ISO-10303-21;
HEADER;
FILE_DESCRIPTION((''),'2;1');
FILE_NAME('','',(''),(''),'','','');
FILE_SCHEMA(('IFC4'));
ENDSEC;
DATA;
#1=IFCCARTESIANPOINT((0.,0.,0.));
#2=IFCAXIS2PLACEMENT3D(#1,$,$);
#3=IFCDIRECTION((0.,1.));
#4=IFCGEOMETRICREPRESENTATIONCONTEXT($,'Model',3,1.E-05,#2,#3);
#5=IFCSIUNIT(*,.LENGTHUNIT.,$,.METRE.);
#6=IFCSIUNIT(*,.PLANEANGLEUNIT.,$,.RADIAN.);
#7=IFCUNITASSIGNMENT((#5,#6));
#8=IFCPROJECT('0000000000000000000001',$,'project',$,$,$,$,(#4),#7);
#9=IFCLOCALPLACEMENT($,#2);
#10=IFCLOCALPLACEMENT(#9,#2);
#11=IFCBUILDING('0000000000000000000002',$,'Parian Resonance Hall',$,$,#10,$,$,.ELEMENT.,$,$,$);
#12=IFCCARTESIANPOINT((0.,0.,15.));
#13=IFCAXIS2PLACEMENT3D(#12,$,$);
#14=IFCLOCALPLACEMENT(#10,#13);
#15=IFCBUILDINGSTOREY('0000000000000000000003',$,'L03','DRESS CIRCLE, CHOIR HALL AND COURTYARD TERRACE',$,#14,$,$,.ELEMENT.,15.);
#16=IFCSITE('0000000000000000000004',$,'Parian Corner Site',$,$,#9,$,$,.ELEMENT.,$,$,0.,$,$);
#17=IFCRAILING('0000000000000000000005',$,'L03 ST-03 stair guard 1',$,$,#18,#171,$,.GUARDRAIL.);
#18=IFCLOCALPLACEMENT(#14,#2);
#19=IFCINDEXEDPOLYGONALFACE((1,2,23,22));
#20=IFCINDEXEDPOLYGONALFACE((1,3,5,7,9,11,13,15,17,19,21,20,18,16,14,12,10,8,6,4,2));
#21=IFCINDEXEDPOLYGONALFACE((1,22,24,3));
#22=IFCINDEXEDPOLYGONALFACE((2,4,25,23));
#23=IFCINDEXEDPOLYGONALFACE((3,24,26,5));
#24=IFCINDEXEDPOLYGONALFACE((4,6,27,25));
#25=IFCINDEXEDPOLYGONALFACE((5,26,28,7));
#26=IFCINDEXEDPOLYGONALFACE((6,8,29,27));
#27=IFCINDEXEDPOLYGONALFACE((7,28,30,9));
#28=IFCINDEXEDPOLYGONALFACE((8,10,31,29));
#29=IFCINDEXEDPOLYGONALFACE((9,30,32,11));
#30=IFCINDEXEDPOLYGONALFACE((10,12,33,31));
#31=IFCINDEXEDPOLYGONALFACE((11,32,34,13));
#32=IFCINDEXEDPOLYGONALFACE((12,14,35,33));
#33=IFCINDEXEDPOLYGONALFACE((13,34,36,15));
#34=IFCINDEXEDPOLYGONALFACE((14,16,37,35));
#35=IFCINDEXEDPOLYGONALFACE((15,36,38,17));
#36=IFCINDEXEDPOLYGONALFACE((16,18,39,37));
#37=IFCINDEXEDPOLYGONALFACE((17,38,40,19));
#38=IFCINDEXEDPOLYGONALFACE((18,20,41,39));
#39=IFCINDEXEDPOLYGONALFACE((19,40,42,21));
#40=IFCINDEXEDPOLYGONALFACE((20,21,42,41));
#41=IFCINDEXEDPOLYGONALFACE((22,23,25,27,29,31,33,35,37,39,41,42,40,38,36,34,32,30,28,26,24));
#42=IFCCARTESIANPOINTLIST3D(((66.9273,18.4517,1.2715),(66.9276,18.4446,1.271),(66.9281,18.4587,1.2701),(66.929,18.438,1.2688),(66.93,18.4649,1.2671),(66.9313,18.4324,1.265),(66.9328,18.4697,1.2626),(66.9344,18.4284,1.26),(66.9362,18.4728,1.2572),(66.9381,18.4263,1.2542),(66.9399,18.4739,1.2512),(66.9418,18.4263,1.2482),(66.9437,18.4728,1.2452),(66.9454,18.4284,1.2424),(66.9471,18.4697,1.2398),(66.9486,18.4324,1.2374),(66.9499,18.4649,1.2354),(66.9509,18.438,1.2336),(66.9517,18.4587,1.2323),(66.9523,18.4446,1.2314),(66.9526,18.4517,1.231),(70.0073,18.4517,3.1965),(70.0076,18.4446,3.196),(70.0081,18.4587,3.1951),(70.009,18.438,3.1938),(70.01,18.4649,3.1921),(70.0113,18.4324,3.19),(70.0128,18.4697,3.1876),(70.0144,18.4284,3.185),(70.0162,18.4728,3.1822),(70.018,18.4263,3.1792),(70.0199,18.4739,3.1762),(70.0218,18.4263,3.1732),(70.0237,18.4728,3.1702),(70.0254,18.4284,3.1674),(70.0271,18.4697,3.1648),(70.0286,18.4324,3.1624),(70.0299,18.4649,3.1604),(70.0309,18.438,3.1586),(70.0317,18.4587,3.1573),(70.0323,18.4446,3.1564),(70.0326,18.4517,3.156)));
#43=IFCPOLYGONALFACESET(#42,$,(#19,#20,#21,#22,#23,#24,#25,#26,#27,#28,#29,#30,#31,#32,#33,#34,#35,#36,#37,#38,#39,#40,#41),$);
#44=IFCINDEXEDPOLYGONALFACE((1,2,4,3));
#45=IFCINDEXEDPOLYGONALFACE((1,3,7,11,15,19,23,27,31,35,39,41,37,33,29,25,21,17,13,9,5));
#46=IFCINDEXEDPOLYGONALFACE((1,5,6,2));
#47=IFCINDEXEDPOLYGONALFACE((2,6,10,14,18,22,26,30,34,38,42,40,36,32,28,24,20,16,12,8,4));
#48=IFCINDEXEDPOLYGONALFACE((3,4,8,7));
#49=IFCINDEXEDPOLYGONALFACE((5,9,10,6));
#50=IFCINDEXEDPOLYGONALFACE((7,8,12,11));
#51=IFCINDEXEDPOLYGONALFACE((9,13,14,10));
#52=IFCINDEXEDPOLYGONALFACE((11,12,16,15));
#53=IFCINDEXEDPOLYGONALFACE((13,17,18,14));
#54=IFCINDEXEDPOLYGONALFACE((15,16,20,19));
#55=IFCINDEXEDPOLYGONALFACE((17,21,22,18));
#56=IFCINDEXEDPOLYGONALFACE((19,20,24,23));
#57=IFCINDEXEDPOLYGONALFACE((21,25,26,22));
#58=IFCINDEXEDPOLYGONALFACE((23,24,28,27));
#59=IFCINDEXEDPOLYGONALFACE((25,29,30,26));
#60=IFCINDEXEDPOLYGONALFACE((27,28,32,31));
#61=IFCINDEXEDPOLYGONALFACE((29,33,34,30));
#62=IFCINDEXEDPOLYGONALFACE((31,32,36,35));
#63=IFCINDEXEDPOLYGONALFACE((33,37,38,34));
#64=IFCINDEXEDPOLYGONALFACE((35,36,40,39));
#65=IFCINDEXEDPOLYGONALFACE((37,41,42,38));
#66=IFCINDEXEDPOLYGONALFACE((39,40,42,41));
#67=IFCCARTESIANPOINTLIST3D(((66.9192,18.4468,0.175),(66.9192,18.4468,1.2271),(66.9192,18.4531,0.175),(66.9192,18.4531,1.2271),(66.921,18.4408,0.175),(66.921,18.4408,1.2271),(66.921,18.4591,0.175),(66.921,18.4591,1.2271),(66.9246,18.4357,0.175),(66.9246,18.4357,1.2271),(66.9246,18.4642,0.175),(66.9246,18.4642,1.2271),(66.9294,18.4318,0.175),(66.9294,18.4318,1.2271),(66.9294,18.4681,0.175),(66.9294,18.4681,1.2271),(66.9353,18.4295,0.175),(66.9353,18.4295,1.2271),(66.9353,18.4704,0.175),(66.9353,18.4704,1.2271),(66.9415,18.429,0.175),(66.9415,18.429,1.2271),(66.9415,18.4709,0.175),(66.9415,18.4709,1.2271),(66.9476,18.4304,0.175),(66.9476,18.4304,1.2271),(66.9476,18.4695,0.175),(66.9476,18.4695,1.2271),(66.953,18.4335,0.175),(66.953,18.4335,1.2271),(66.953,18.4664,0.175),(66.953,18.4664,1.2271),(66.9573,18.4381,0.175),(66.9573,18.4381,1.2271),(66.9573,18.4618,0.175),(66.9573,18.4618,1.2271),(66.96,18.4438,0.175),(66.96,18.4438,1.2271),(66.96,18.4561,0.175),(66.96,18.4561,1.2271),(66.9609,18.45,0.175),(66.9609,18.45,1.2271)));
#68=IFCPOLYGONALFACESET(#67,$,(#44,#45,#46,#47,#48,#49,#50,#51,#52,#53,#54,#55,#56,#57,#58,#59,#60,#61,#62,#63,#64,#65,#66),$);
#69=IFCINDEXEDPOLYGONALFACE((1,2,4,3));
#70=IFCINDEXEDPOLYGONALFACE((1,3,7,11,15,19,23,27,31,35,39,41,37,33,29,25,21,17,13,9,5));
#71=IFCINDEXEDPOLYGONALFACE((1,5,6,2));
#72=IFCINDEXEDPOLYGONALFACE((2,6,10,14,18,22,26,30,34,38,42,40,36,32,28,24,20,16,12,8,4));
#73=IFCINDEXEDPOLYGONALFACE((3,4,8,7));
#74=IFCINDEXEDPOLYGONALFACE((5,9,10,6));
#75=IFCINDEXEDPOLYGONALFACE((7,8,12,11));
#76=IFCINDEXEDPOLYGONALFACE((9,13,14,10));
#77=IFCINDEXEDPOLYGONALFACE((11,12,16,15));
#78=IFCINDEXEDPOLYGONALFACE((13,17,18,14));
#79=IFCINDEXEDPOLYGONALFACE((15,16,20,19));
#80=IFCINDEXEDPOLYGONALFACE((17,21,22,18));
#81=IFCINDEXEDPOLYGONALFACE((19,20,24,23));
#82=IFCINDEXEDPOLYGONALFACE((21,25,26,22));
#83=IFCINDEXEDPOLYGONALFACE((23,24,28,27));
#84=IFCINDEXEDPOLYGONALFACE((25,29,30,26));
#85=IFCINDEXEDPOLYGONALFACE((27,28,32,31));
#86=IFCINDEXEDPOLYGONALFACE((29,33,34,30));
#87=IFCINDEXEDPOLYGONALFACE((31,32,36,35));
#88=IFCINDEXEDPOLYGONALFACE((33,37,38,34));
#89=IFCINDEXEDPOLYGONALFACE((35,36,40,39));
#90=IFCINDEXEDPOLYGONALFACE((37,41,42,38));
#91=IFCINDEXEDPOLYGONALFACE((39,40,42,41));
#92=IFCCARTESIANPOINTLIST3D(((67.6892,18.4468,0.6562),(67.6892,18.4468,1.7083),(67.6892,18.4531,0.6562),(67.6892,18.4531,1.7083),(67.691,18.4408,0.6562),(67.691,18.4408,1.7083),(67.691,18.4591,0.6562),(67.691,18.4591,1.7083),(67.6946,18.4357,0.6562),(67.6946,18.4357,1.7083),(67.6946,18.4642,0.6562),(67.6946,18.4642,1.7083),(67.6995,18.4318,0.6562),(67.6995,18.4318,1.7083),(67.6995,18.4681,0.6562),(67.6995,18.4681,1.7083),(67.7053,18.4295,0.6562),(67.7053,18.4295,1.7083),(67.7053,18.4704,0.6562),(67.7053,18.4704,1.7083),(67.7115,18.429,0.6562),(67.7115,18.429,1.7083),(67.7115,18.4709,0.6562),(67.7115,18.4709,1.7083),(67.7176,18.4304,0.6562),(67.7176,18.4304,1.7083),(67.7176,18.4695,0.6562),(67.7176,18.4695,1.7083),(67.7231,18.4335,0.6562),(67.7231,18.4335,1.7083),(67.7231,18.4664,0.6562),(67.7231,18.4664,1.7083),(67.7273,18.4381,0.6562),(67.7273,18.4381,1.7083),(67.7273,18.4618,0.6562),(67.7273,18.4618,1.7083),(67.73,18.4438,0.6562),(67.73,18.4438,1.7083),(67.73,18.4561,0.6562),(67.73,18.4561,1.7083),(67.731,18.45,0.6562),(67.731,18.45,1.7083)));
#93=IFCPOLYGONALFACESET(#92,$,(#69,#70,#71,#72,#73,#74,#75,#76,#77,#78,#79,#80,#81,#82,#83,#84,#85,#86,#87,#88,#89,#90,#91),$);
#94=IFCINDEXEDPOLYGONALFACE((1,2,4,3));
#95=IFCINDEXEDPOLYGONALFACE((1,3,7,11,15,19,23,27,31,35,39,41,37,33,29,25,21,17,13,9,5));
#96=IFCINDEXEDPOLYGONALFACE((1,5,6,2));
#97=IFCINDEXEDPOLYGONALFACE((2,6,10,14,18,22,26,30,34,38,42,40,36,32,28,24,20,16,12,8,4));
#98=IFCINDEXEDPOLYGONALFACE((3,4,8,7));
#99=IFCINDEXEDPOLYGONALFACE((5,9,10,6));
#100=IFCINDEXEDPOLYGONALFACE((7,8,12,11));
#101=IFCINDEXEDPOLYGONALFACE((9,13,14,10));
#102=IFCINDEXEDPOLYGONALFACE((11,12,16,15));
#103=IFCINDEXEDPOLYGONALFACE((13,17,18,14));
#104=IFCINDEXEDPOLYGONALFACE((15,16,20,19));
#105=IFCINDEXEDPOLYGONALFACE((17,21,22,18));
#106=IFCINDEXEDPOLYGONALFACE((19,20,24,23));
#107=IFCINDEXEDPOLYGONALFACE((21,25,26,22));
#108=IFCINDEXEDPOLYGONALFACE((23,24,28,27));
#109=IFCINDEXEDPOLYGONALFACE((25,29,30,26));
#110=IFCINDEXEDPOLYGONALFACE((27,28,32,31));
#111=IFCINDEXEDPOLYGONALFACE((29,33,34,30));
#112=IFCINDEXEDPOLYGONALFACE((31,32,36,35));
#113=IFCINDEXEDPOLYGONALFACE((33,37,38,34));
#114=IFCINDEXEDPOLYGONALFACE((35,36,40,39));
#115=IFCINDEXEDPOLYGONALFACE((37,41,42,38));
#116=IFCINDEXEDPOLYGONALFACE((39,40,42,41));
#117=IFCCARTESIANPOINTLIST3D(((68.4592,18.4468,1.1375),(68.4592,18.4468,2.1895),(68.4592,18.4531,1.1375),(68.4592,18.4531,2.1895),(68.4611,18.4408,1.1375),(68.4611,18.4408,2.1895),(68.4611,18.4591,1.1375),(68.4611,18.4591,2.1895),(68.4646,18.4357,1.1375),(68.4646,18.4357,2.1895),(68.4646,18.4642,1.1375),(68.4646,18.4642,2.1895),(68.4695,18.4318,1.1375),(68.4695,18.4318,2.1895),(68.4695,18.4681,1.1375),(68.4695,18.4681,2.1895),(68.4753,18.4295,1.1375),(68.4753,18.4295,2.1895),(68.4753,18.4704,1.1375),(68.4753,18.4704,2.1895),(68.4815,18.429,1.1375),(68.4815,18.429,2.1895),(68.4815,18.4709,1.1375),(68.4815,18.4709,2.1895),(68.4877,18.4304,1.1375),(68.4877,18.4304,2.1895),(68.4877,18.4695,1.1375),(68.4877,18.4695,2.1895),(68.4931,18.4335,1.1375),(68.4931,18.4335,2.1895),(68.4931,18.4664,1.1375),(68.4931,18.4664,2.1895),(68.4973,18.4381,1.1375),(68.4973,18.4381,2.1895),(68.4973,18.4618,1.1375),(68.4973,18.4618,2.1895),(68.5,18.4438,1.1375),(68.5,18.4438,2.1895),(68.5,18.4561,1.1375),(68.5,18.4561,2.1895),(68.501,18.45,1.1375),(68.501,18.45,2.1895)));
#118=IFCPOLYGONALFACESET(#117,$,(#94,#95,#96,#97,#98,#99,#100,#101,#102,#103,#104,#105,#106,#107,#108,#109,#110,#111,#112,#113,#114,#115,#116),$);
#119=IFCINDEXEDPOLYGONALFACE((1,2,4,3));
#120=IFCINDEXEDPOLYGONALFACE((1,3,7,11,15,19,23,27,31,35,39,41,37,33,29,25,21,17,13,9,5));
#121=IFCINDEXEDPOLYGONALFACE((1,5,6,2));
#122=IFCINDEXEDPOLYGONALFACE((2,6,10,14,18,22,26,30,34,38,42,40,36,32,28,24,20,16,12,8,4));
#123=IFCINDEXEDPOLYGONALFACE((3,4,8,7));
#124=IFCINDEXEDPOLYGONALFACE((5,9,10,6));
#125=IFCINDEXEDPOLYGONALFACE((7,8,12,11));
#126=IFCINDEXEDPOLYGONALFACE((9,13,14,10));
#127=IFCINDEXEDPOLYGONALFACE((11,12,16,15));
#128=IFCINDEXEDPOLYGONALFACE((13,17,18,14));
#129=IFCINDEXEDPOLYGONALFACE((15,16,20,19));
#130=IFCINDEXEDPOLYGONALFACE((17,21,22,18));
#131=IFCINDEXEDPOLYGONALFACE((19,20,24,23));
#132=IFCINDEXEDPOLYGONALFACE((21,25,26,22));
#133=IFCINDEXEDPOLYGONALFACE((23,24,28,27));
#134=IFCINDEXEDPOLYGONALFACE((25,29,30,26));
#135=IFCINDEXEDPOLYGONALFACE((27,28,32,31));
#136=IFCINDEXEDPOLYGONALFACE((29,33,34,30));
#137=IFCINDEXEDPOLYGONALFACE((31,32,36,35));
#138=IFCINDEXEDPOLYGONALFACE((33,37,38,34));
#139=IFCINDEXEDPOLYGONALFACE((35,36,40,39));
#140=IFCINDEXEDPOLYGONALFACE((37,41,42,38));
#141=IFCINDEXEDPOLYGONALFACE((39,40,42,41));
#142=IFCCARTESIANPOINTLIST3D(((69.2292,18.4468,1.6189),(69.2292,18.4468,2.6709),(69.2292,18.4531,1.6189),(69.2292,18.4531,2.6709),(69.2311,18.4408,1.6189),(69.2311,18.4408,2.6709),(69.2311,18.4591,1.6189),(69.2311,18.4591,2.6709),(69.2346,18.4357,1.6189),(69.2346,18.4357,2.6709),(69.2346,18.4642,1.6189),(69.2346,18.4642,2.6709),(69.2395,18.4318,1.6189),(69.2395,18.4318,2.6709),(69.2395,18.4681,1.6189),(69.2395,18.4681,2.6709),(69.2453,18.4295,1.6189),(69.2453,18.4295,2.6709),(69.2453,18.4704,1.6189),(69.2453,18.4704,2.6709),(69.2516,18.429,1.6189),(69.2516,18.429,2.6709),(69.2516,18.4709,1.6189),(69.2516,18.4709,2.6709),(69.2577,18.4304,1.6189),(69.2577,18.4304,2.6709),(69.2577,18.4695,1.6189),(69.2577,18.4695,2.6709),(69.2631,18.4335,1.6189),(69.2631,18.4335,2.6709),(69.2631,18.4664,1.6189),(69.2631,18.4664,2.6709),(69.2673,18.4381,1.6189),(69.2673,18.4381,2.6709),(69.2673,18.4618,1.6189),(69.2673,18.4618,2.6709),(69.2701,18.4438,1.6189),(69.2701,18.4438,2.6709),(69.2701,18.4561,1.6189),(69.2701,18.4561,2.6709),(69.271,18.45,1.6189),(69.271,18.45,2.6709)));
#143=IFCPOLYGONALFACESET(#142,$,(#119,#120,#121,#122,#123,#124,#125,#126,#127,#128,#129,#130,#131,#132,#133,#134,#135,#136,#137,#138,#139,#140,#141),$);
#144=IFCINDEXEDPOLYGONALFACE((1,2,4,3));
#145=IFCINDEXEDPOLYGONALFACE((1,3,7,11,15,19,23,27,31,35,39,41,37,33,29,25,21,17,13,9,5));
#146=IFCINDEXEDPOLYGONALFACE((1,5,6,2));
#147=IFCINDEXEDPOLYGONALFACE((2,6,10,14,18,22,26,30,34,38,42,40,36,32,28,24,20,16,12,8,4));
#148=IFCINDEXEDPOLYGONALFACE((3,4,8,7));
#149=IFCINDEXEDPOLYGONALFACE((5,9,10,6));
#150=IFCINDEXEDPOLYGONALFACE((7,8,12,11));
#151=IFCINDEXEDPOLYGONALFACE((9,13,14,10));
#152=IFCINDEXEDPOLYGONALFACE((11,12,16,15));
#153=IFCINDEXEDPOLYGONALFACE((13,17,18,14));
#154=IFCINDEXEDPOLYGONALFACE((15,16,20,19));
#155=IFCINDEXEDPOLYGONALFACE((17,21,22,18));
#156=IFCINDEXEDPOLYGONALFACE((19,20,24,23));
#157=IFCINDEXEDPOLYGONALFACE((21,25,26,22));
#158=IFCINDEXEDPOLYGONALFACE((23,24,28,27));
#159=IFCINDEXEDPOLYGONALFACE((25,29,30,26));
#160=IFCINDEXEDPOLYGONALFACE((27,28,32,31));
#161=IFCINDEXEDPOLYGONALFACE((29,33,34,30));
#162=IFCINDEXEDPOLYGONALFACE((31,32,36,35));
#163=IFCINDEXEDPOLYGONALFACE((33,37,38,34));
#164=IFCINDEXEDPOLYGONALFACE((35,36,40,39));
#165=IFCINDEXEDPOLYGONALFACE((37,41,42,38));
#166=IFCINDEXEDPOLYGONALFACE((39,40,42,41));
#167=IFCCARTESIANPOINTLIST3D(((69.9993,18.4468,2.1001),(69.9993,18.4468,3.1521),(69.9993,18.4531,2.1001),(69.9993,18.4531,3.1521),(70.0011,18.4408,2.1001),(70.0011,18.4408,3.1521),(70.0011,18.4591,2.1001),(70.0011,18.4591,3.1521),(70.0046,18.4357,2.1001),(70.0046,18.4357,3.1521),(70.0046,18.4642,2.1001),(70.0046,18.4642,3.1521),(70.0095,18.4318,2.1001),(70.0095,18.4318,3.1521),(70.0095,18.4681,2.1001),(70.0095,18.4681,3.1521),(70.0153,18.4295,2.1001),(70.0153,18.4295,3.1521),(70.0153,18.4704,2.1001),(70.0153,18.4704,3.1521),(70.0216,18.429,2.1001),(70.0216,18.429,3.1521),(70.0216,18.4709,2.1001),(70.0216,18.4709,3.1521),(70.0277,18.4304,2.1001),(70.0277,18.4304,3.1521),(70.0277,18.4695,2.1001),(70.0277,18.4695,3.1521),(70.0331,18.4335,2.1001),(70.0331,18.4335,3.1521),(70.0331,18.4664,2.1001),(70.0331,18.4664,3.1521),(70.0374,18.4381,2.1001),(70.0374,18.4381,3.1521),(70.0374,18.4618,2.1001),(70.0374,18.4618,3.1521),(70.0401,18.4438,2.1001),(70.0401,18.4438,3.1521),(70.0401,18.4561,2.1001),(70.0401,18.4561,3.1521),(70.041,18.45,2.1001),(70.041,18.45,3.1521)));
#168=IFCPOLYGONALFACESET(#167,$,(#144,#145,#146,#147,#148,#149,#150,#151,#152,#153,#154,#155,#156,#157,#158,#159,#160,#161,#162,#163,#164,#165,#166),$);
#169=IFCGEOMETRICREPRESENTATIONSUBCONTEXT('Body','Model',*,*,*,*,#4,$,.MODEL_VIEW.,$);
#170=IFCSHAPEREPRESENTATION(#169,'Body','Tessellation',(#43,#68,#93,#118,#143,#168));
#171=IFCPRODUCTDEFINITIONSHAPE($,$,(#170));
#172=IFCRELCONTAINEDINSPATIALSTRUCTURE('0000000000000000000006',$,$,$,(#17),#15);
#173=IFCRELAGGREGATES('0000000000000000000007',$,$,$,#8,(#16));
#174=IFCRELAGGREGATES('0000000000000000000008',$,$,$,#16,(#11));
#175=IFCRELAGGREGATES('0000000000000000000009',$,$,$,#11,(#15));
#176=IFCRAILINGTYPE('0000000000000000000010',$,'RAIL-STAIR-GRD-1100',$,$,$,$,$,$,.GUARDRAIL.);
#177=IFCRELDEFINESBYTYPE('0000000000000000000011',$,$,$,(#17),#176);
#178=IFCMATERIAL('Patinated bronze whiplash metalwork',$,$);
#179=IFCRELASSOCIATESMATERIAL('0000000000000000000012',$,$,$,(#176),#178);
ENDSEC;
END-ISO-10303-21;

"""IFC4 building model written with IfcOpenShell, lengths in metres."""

from ifc_helpers import new_model, si_unit, direction, frame, origin, origin_2d, place, context, subcontext, project, spatial, circle, extrude, material, type_object, element, save


model = new_model("IFC4")

# Units and contexts
model_context = context("Model", 3, precision=1e-05, world=origin(), true_north=direction((0.0, 1.0)))
body_context = subcontext(model_context, "Body", "Model", "MODEL_VIEW")
ifc_project = project(units=[si_unit("LENGTHUNIT", "METRE"), si_unit("PLANEANGLEUNIT", "RADIAN")], contexts=[model_context])

# Site, building, storey
site_placement = place(None, origin())
site = spatial("IfcSite", under=ifc_project, at=site_placement, Name="Parian Corner Site", CompositionType="ELEMENT", RefElevation=0.0)
building_placement = place(site_placement, origin())
building = spatial("IfcBuilding", under=site, at=building_placement, Name="Parian Resonance Hall", CompositionType="ELEMENT")
storey_placement = place(building_placement, frame((0.0, 0.0, 15.0)))
storey = spatial("IfcBuildingStorey", under=building, at=storey_placement, Name="L03", Description="DRESS CIRCLE, CHOIR HALL AND COURTYARD TERRACE", CompositionType="ELEMENT", Elevation=15.0)

# Railing
ifc_material_1 = material(Name="Patinated bronze whiplash metalwork")
railing_type_1 = type_object("IfcRailingType", Name="RAIL-STAIR-GRD-1100", PredefinedType="GUARDRAIL", material=ifc_material_1)
railing_1_placement = place(storey_placement, frame((66.9399, 18.45, 0.175)))
element("IfcRailing", 1, at=railing_1_placement, inside=storey, type_object=railing_type_1, Name="L03 ST-03 stair guard 1", PredefinedType="GUARDRAIL", context=body_context, shape_type="SweptSolid", body=[
    extrude(circle(Radius=0.0239, at=origin_2d()), frame((0.0, 0.0, 1.0762), z_axis=(0.847998, 0.0, 0.529999), x_axis=(0.0, 1.0, 0.0)), (0.0, 0.0, 1.0), 3.6321),
    extrude(circle(Radius=0.021, at=origin_2d()), origin(), (0.0, 0.0, 1.0), 1.052),
    extrude(circle(Radius=0.021, at=origin_2d()), frame((0.77, 0.0, 0.4812)), (0.0, 0.0, 1.0), 1.052),
    extrude(circle(Radius=0.021, at=origin_2d()), frame((1.54, 0.0, 0.9624)), (0.0, 0.0, 1.0), 1.052),
    extrude(circle(Radius=0.021, at=origin_2d()), frame((2.3101, 0.0, 1.4438)), (0.0, 0.0, 1.0), 1.052),
    extrude(circle(Radius=0.021, at=origin_2d()), frame((3.0801, 0.0, 1.925)), (0.0, 0.0, 1.0), 1.052),
])

save(model, "model.ifc")
